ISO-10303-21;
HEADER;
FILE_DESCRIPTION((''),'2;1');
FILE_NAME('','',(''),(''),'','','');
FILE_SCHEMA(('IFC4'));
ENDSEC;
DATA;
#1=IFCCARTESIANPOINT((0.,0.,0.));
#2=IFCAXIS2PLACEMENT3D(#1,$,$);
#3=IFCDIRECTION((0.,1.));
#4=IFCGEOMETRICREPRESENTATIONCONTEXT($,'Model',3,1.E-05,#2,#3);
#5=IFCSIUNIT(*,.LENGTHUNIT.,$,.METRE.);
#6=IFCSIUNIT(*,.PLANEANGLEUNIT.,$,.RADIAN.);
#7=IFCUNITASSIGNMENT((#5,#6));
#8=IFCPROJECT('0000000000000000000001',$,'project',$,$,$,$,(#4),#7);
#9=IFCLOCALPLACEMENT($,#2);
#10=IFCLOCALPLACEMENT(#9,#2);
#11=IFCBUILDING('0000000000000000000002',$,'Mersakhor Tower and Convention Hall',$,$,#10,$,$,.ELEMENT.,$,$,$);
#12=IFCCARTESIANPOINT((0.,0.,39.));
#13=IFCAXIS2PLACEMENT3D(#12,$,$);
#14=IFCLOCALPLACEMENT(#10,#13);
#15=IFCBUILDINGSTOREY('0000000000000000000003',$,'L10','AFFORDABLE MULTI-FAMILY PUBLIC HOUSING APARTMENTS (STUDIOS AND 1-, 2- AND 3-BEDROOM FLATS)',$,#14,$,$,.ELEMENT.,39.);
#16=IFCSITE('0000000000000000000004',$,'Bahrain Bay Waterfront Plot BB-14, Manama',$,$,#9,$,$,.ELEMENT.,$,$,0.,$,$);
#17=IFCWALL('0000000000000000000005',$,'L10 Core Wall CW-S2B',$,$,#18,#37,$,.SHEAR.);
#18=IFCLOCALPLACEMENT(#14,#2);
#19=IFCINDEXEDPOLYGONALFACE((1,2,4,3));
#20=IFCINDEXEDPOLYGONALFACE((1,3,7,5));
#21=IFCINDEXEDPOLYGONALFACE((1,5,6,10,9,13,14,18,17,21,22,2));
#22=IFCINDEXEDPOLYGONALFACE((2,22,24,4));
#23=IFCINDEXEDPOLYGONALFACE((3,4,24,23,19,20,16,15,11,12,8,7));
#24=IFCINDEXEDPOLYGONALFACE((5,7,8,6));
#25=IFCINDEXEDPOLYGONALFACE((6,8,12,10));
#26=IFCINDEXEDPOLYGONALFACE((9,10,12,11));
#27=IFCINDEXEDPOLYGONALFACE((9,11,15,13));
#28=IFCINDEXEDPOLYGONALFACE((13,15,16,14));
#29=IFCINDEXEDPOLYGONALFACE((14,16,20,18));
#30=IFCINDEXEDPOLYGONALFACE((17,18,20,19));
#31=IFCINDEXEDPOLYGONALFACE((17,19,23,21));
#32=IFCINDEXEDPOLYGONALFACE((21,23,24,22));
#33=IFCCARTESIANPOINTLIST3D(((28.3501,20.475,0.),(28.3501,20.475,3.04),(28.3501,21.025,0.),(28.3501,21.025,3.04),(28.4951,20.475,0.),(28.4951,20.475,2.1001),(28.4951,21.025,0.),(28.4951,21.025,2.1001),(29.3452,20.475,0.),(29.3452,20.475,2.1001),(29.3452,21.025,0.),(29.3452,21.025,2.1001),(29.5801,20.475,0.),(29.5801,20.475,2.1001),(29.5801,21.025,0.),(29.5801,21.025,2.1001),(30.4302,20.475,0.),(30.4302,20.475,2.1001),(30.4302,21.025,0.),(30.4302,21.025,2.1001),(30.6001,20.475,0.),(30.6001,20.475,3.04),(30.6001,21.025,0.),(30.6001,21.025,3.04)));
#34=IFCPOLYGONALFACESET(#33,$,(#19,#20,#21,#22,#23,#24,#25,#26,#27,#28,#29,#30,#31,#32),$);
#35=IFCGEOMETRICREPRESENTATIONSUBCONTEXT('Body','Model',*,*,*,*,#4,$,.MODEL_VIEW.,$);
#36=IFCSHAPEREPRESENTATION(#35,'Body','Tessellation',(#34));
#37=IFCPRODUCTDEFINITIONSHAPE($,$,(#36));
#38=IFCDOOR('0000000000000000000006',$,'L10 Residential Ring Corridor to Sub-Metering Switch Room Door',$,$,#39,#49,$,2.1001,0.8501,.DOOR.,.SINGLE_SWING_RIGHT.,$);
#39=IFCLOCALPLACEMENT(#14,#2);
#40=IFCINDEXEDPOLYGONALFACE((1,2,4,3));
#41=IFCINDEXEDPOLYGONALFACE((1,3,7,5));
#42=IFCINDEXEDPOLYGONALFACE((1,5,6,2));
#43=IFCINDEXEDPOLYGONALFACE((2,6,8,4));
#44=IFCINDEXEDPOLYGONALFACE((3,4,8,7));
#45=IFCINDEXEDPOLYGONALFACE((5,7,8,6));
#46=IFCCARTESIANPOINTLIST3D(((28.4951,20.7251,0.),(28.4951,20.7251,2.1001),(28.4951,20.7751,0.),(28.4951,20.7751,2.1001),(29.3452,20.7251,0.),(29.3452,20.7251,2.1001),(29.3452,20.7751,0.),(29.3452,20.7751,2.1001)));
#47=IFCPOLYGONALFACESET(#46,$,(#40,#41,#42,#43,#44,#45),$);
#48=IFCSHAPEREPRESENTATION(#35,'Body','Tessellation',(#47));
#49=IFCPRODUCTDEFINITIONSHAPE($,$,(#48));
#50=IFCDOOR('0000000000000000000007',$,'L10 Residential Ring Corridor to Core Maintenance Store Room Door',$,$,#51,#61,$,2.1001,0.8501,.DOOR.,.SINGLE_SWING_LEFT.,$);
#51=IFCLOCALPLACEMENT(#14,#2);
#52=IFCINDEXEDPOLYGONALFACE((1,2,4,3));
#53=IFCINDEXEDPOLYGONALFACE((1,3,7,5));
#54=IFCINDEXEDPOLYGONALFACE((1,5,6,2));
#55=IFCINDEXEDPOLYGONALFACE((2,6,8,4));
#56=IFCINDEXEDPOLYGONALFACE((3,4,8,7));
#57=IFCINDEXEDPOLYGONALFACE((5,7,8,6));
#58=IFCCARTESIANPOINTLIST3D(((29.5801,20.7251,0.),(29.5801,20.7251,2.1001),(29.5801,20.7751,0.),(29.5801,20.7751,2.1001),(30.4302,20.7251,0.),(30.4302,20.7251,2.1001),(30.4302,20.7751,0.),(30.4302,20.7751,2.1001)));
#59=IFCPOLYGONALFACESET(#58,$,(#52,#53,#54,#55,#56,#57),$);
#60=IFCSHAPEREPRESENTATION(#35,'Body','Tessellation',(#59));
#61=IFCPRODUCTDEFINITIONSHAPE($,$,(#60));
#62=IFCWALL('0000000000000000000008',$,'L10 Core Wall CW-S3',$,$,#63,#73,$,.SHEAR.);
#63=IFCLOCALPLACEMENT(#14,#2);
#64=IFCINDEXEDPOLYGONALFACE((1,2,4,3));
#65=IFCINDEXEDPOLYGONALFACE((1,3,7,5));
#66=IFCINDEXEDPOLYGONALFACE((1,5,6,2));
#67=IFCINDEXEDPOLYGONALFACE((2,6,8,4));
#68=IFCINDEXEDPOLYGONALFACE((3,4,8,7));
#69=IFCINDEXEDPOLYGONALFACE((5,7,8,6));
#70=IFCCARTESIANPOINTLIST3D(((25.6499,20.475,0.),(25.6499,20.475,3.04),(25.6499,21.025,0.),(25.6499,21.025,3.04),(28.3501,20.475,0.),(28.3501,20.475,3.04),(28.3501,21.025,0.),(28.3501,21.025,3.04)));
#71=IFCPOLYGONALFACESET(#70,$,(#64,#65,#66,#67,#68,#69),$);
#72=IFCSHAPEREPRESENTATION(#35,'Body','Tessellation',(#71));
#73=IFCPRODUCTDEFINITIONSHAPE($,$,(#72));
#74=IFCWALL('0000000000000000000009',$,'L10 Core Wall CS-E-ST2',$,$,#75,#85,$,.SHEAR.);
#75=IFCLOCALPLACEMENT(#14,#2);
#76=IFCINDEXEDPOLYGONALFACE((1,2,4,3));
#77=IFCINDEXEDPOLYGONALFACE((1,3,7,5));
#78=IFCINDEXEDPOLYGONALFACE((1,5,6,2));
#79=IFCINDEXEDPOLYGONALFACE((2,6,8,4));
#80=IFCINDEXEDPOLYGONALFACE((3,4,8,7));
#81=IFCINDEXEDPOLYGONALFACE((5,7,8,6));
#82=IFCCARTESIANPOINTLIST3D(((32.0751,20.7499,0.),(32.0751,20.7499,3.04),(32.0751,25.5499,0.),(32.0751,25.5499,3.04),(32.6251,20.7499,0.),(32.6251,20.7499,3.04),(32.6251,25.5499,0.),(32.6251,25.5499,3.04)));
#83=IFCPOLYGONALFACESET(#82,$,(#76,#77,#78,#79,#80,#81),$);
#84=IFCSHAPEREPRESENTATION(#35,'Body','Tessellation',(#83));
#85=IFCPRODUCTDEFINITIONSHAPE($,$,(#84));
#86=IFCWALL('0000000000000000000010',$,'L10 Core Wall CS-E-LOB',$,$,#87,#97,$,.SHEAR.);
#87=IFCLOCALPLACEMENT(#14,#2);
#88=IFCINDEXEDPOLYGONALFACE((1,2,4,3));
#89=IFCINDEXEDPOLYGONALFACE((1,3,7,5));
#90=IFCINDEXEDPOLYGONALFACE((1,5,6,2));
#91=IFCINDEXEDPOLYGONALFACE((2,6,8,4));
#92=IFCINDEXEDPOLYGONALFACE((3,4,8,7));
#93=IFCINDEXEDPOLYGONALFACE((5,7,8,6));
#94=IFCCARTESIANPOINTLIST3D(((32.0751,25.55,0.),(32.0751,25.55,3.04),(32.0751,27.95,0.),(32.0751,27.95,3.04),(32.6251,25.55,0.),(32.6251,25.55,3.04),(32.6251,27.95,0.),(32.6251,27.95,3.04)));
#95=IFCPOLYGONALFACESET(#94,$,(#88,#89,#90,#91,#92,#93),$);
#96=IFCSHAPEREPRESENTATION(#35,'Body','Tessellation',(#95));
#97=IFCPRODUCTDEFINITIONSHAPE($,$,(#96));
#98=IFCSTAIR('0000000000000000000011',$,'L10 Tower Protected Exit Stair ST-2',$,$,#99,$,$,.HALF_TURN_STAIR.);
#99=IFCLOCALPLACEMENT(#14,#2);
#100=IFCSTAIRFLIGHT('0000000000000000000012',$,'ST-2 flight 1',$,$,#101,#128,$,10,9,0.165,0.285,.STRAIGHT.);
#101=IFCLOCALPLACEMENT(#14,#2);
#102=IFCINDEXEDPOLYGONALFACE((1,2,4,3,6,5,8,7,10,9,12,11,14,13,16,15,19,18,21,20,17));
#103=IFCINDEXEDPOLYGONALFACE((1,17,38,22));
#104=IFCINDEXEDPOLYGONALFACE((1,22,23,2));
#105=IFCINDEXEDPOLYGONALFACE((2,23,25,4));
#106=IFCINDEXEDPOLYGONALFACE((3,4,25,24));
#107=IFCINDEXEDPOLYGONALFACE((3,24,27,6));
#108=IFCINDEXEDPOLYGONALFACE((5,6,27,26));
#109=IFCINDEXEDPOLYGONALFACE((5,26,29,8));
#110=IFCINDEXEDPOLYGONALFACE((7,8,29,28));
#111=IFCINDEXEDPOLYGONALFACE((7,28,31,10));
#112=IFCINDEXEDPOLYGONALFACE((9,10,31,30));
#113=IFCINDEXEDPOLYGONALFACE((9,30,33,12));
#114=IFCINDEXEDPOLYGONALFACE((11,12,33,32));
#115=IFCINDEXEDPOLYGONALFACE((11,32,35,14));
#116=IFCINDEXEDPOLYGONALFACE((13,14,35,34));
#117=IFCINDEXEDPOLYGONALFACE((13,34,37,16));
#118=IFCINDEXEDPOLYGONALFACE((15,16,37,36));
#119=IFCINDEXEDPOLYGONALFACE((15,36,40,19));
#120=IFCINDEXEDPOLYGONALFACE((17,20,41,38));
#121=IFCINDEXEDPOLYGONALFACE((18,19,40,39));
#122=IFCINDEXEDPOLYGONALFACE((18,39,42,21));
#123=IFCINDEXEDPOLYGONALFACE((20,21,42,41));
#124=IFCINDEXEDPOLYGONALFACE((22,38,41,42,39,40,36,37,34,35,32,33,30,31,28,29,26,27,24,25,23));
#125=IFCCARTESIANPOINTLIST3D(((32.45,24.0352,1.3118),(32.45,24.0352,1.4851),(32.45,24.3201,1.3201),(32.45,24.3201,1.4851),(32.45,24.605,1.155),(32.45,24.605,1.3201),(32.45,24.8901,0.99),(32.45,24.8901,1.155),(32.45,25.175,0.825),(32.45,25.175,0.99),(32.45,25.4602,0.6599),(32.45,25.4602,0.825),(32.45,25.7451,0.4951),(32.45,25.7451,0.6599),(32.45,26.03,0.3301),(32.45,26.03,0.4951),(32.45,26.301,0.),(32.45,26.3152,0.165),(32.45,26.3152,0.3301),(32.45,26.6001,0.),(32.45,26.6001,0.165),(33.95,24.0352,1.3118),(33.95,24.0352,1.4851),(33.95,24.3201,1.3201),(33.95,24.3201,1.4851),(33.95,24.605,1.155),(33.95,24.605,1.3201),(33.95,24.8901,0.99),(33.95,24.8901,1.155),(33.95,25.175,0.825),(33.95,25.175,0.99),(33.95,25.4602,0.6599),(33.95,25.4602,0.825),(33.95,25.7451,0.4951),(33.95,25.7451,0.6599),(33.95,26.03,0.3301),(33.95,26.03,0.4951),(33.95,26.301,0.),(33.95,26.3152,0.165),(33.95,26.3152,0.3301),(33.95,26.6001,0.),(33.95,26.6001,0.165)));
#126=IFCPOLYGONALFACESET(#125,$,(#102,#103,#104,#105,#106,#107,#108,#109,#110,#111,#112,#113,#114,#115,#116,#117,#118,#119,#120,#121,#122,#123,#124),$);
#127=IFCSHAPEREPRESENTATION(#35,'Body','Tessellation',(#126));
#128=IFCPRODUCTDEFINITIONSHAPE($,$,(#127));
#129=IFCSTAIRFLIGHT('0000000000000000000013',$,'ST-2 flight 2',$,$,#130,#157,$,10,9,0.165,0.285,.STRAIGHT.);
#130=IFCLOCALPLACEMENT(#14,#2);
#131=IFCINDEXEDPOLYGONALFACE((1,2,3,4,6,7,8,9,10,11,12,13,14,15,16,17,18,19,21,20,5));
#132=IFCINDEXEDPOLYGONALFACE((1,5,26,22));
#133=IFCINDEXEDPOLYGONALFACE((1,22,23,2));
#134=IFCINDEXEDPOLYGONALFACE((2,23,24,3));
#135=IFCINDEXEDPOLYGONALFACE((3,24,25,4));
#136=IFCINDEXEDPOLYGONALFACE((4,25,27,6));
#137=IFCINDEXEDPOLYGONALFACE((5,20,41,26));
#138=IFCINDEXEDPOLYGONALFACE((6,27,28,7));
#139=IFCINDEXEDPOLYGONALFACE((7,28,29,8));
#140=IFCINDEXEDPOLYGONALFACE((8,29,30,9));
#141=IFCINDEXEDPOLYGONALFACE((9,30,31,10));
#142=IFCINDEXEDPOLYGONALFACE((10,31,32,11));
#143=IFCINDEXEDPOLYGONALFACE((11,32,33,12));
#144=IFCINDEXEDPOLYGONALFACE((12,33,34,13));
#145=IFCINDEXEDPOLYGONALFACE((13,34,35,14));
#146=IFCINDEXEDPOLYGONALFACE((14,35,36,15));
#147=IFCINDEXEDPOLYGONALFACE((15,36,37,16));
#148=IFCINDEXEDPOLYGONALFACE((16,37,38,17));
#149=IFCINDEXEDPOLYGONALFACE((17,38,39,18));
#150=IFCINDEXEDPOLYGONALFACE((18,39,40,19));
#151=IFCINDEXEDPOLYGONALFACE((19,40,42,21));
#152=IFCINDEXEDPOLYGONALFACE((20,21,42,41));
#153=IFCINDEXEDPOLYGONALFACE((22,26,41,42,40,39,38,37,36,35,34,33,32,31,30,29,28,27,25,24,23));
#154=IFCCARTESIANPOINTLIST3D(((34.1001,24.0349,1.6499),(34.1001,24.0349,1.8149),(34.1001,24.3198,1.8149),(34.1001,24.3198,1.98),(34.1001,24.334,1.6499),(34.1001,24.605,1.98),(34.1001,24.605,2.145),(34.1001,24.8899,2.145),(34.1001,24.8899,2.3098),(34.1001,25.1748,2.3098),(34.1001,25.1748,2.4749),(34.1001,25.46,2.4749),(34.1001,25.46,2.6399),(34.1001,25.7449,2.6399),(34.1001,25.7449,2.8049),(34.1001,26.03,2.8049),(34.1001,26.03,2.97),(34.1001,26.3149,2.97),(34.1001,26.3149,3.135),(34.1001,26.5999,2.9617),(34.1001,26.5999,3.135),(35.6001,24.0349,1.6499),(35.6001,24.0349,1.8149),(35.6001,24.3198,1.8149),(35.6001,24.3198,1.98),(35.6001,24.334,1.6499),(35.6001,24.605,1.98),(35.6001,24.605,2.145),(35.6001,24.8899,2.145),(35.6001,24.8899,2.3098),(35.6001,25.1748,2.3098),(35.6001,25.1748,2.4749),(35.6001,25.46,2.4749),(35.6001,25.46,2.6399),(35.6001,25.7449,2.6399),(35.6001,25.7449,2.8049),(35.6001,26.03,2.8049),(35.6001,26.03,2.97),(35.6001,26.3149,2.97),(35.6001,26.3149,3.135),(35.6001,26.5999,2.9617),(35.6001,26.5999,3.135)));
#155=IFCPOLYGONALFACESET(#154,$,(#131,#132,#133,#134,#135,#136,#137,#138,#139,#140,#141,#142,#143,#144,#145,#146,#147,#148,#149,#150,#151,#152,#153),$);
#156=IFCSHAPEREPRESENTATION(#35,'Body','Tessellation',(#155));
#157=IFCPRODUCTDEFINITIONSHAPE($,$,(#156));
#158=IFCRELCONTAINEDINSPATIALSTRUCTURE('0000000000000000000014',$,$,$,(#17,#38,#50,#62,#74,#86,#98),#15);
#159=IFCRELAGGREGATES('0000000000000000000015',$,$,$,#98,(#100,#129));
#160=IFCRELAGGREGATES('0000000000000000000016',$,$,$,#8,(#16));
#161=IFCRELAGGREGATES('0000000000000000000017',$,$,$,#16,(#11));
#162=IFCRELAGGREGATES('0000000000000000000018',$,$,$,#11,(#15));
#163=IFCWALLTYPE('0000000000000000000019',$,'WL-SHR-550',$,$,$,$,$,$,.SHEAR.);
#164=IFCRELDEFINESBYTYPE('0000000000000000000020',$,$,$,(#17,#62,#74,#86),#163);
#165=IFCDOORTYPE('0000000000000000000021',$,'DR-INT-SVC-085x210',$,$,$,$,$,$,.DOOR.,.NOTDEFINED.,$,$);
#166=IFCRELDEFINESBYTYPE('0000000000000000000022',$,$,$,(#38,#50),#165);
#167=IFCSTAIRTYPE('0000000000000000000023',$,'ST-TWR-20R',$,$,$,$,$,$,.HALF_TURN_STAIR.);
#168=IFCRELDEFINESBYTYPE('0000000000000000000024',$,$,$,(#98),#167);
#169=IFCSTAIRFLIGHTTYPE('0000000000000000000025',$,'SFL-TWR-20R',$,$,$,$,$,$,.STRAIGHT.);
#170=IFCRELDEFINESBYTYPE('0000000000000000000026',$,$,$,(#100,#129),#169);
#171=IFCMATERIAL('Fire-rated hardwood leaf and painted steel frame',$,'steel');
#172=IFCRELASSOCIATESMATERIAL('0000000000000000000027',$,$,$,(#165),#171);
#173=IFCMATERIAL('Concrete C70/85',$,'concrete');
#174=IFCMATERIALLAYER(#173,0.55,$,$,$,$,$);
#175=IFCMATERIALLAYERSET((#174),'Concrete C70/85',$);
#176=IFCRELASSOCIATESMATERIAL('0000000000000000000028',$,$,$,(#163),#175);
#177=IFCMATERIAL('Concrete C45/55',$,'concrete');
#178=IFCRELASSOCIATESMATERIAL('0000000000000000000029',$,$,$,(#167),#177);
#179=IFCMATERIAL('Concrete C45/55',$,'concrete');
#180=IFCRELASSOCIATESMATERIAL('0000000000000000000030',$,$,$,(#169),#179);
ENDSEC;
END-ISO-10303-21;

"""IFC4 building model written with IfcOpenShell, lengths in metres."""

from ifc_helpers import new_model, si_unit, direction, frame, frame_2d, origin, place, context, subcontext, project, spatial, polyline, rectangle, outline, extrude, material, layer, layer_set, type_object, element, fill, aggregate, save


model = new_model("IFC4")

# Units and contexts
model_context = context("Model", 3, precision=1e-05, world=origin(), true_north=direction((0.0, 1.0)))
body_context = subcontext(model_context, "Body", "Model", "MODEL_VIEW")
ifc_project = project(units=[si_unit("LENGTHUNIT", "METRE"), si_unit("PLANEANGLEUNIT", "RADIAN")], contexts=[model_context])

# Site, building, storey
site_placement = place(None, origin())
site = spatial("IfcSite", under=ifc_project, at=site_placement, Name="Bahrain Bay Waterfront Plot BB-14, Manama", CompositionType="ELEMENT", RefElevation=0.0)
building_placement = place(site_placement, origin())
building = spatial("IfcBuilding", under=site, at=building_placement, Name="Mersakhor Tower and Convention Hall", CompositionType="ELEMENT")
storey_placement = place(building_placement, frame((0.0, 0.0, 39.0)))
storey = spatial("IfcBuildingStorey", under=building, at=storey_placement, Name="L10", Description="AFFORDABLE MULTI-FAMILY PUBLIC HOUSING APARTMENTS (STUDIOS AND 1-, 2- AND 3-BEDROOM FLATS)", CompositionType="ELEMENT", Elevation=39.0)

# Shared definitions
ifc_material_1 = material(Name="Fire-rated hardwood leaf and painted steel frame", Category="steel")
door_type_1 = type_object("IfcDoorType", Name="DR-INT-SVC-085x210", OperationType="NOTDEFINED", PredefinedType="DOOR", material=ifc_material_1)

# Shared definitions
ifc_material_2 = material(Name="Concrete C70/85", Category="concrete")
ifc_layer_1 = layer(ifc_material_2, 0.55)
ifc_layer_set_1 = layer_set([ifc_layer_1], Name="Concrete C70/85")
wall_type_1 = type_object("IfcWallType", Name="WL-SHR-550", PredefinedType="SHEAR", material=ifc_layer_set_1)

# Wall, openings, doors
wall_1_placement = place(storey_placement, frame((30.6001, 20.75, 0.0), z_axis=(0.0, 0.0, 1.0), x_axis=(-1.0, 0.0, 0.0)))
wall_1 = element("IfcWall", 1, at=wall_1_placement, inside=storey, type_object=wall_type_1, Name="L10 Core Wall CW-S2B", PredefinedType="SHEAR", context=body_context, shape_type="SweptSolid", body=[
    extrude(rectangle(XDim=2.25, YDim=0.55, at=frame_2d((1.125, 0.0))), origin(), (0.0, 0.0, 1.0), 3.04),
])
opening_1_placement = place(wall_1_placement, frame((1.2549, 0.0, 0.0)))
opening_1 = element("IfcOpeningElement", 2, at=opening_1_placement, cuts=wall_1, PredefinedType="OPENING", context=body_context, shape_type="SweptSolid", body=[
    extrude(rectangle(XDim=0.8501, YDim=2.1001, at=frame_2d((0.425, 1.05))), frame((0.0, 0.2849, 0.0), z_axis=(0.0, -1.0, 0.0), x_axis=(1.0, 0.0, 0.0)), (0.0, 0.0, 1.0), 0.5701),
])
opening_2_placement = place(wall_1_placement, frame((0.1699, 0.0, 0.0)))
opening_2 = element("IfcOpeningElement", 3, at=opening_2_placement, cuts=wall_1, PredefinedType="OPENING", context=body_context, shape_type="SweptSolid", body=[
    extrude(rectangle(XDim=0.8501, YDim=2.1001, at=frame_2d((0.425, 1.05))), frame((0.0, 0.2849, 0.0), z_axis=(0.0, -1.0, 0.0), x_axis=(1.0, 0.0, 0.0)), (0.0, 0.0, 1.0), 0.5701),
])
door_1_placement = place(opening_1_placement, origin())
door_1 = element("IfcDoor", 4, at=door_1_placement, inside=storey, type_object=door_type_1, Name="L10 Residential Ring Corridor to Sub-Metering Switch Room Door", OperationType="SINGLE_SWING_RIGHT", OverallHeight=2.1001, OverallWidth=0.8501, PredefinedType="DOOR", context=body_context, shape_type="SweptSolid", body=[
    extrude(rectangle(XDim=0.8501, YDim=2.1001, at=frame_2d((0.425, 1.05))), frame((0.0, 0.0249, 0.0), z_axis=(0.0, -1.0, 0.0), x_axis=(1.0, 0.0, 0.0)), (0.0, 0.0, 1.0), 0.05),
])
fill(opening_1, door_1)
door_2_placement = place(opening_2_placement, origin())
door_2 = element("IfcDoor", 5, at=door_2_placement, inside=storey, type_object=door_type_1, Name="L10 Residential Ring Corridor to Core Maintenance Store Room Door", OperationType="SINGLE_SWING_LEFT", OverallHeight=2.1001, OverallWidth=0.8501, PredefinedType="DOOR", context=body_context, shape_type="SweptSolid", body=[
    extrude(rectangle(XDim=0.8501, YDim=2.1001, at=frame_2d((0.425, 1.05))), frame((0.0, 0.0249, 0.0), z_axis=(0.0, -1.0, 0.0), x_axis=(1.0, 0.0, 0.0)), (0.0, 0.0, 1.0), 0.05),
])
fill(opening_2, door_2)

# Walls
wall_2_placement = place(storey_placement, frame((28.3501, 20.75, 0.0), z_axis=(0.0, 0.0, 1.0), x_axis=(-1.0, 0.0, 0.0)))
element("IfcWall", 6, at=wall_2_placement, inside=storey, type_object=wall_type_1, Name="L10 Core Wall CW-S3", PredefinedType="SHEAR", context=body_context, shape_type="SweptSolid", body=[
    extrude(rectangle(XDim=2.7002, YDim=0.55, at=frame_2d((1.3501, 0.0))), origin(), (0.0, 0.0, 1.0), 3.04),
])
wall_3_placement = place(storey_placement, frame((32.3501, 20.75, 0.0), z_axis=(0.0, 0.0, 1.0), x_axis=(0.0, 1.0, 0.0)))
element("IfcWall", 7, at=wall_3_placement, inside=storey, type_object=wall_type_1, Name="L10 Core Wall CS-E-ST2", PredefinedType="SHEAR", context=body_context, shape_type="SweptSolid", body=[
    extrude(rectangle(XDim=4.8, YDim=0.55, at=frame_2d((2.3999, 0.0))), origin(), (0.0, 0.0, 1.0), 3.04),
])
wall_4_placement = place(storey_placement, frame((32.3501, 25.55, 0.0), z_axis=(0.0, 0.0, 1.0), x_axis=(0.0, 1.0, 0.0)))
element("IfcWall", 8, at=wall_4_placement, inside=storey, type_object=wall_type_1, Name="L10 Core Wall CS-E-LOB", PredefinedType="SHEAR", context=body_context, shape_type="SweptSolid", body=[
    extrude(rectangle(XDim=2.3999, YDim=0.55, at=frame_2d((1.2, 0.0))), origin(), (0.0, 0.0, 1.0), 3.04),
])

# Stair, stair flights
ifc_material_3 = material(Name="Concrete C45/55", Category="concrete")
stair_type = type_object("IfcStairType", Name="ST-TWR-20R", PredefinedType="HALF_TURN_STAIR", material=ifc_material_3)
stair_placement = place(storey_placement, origin())
stair = element("IfcStair", 9, at=stair_placement, inside=storey, type_object=stair_type, Name="L10 Tower Protected Exit Stair ST-2", PredefinedType="HALF_TURN_STAIR")
ifc_material_4 = material(Name="Concrete C45/55", Category="concrete")
stair_flight_type = type_object("IfcStairFlightType", Name="SFL-TWR-20R", PredefinedType="STRAIGHT", material=ifc_material_4)
stair_flight_1_placement = place(storey_placement, frame((33.2, 26.6001, 0.0), z_axis=(0.0, 0.0, 1.0), x_axis=(0.0, -1.0, 0.0)))
stair_flight_1 = element("IfcStairFlight", 10, at=stair_flight_1_placement, type_object=stair_flight_type, Name="ST-2 flight 1", NumberOfRisers=10, NumberOfTreads=9, PredefinedType="STRAIGHT", RiserHeight=0.165, TreadLength=0.285, context=body_context, shape_type="SweptSolid", body=[
    extrude(outline(polyline([(0.0, 0.0), (0.0, 0.165), (0.2849, 0.165), (0.2849, 0.3301), (0.5701, 0.3301), (0.5701, 0.4951), (0.855, 0.4951), (0.855, 0.6599), (1.1399, 0.6599), (1.1399, 0.825), (1.425, 0.825), (1.425, 0.99), (1.71, 0.99), (1.71, 1.155), (1.9951, 1.155), (1.9951, 1.3201), (2.28, 1.3201), (2.28, 1.4851), (2.5649, 1.4851), (2.5649, 1.6499), (2.5649, 1.3118), (0.2991, 0.0), (0.0, 0.0)])), frame((0.0, 0.75, 0.0), z_axis=(0.0, -1.0, 0.0), x_axis=(1.0, 0.0, 0.0)), (0.0, 0.0, 1.0), 1.5),
])
stair_flight_2_placement = place(storey_placement, frame((34.8501, 24.0349, 1.6499), z_axis=(0.0, 0.0, 1.0), x_axis=(0.0, 1.0, 0.0)))
stair_flight_2 = element("IfcStairFlight", 11, at=stair_flight_2_placement, type_object=stair_flight_type, Name="ST-2 flight 2", NumberOfRisers=10, NumberOfTreads=9, PredefinedType="STRAIGHT", RiserHeight=0.165, TreadLength=0.285, context=body_context, shape_type="SweptSolid", body=[
    extrude(outline(polyline([(0.0, 0.0), (0.0, 0.165), (0.2849, 0.165), (0.2849, 0.3301), (0.5701, 0.3301), (0.5701, 0.4951), (0.855, 0.4951), (0.855, 0.6599), (1.1399, 0.6599), (1.1399, 0.825), (1.425, 0.825), (1.425, 0.99), (1.71, 0.99), (1.71, 1.155), (1.9951, 1.155), (1.9951, 1.3201), (2.28, 1.3201), (2.28, 1.4851), (2.5649, 1.4851), (2.5649, 1.6499), (2.5649, 1.3118), (0.2991, 0.0), (0.0, 0.0)])), frame((0.0, 0.75, 0.0), z_axis=(0.0, -1.0, 0.0), x_axis=(1.0, 0.0, 0.0)), (0.0, 0.0, 1.0), 1.5),
])
aggregate(stair, [stair_flight_1, stair_flight_2])

save(model, "model.ifc")
